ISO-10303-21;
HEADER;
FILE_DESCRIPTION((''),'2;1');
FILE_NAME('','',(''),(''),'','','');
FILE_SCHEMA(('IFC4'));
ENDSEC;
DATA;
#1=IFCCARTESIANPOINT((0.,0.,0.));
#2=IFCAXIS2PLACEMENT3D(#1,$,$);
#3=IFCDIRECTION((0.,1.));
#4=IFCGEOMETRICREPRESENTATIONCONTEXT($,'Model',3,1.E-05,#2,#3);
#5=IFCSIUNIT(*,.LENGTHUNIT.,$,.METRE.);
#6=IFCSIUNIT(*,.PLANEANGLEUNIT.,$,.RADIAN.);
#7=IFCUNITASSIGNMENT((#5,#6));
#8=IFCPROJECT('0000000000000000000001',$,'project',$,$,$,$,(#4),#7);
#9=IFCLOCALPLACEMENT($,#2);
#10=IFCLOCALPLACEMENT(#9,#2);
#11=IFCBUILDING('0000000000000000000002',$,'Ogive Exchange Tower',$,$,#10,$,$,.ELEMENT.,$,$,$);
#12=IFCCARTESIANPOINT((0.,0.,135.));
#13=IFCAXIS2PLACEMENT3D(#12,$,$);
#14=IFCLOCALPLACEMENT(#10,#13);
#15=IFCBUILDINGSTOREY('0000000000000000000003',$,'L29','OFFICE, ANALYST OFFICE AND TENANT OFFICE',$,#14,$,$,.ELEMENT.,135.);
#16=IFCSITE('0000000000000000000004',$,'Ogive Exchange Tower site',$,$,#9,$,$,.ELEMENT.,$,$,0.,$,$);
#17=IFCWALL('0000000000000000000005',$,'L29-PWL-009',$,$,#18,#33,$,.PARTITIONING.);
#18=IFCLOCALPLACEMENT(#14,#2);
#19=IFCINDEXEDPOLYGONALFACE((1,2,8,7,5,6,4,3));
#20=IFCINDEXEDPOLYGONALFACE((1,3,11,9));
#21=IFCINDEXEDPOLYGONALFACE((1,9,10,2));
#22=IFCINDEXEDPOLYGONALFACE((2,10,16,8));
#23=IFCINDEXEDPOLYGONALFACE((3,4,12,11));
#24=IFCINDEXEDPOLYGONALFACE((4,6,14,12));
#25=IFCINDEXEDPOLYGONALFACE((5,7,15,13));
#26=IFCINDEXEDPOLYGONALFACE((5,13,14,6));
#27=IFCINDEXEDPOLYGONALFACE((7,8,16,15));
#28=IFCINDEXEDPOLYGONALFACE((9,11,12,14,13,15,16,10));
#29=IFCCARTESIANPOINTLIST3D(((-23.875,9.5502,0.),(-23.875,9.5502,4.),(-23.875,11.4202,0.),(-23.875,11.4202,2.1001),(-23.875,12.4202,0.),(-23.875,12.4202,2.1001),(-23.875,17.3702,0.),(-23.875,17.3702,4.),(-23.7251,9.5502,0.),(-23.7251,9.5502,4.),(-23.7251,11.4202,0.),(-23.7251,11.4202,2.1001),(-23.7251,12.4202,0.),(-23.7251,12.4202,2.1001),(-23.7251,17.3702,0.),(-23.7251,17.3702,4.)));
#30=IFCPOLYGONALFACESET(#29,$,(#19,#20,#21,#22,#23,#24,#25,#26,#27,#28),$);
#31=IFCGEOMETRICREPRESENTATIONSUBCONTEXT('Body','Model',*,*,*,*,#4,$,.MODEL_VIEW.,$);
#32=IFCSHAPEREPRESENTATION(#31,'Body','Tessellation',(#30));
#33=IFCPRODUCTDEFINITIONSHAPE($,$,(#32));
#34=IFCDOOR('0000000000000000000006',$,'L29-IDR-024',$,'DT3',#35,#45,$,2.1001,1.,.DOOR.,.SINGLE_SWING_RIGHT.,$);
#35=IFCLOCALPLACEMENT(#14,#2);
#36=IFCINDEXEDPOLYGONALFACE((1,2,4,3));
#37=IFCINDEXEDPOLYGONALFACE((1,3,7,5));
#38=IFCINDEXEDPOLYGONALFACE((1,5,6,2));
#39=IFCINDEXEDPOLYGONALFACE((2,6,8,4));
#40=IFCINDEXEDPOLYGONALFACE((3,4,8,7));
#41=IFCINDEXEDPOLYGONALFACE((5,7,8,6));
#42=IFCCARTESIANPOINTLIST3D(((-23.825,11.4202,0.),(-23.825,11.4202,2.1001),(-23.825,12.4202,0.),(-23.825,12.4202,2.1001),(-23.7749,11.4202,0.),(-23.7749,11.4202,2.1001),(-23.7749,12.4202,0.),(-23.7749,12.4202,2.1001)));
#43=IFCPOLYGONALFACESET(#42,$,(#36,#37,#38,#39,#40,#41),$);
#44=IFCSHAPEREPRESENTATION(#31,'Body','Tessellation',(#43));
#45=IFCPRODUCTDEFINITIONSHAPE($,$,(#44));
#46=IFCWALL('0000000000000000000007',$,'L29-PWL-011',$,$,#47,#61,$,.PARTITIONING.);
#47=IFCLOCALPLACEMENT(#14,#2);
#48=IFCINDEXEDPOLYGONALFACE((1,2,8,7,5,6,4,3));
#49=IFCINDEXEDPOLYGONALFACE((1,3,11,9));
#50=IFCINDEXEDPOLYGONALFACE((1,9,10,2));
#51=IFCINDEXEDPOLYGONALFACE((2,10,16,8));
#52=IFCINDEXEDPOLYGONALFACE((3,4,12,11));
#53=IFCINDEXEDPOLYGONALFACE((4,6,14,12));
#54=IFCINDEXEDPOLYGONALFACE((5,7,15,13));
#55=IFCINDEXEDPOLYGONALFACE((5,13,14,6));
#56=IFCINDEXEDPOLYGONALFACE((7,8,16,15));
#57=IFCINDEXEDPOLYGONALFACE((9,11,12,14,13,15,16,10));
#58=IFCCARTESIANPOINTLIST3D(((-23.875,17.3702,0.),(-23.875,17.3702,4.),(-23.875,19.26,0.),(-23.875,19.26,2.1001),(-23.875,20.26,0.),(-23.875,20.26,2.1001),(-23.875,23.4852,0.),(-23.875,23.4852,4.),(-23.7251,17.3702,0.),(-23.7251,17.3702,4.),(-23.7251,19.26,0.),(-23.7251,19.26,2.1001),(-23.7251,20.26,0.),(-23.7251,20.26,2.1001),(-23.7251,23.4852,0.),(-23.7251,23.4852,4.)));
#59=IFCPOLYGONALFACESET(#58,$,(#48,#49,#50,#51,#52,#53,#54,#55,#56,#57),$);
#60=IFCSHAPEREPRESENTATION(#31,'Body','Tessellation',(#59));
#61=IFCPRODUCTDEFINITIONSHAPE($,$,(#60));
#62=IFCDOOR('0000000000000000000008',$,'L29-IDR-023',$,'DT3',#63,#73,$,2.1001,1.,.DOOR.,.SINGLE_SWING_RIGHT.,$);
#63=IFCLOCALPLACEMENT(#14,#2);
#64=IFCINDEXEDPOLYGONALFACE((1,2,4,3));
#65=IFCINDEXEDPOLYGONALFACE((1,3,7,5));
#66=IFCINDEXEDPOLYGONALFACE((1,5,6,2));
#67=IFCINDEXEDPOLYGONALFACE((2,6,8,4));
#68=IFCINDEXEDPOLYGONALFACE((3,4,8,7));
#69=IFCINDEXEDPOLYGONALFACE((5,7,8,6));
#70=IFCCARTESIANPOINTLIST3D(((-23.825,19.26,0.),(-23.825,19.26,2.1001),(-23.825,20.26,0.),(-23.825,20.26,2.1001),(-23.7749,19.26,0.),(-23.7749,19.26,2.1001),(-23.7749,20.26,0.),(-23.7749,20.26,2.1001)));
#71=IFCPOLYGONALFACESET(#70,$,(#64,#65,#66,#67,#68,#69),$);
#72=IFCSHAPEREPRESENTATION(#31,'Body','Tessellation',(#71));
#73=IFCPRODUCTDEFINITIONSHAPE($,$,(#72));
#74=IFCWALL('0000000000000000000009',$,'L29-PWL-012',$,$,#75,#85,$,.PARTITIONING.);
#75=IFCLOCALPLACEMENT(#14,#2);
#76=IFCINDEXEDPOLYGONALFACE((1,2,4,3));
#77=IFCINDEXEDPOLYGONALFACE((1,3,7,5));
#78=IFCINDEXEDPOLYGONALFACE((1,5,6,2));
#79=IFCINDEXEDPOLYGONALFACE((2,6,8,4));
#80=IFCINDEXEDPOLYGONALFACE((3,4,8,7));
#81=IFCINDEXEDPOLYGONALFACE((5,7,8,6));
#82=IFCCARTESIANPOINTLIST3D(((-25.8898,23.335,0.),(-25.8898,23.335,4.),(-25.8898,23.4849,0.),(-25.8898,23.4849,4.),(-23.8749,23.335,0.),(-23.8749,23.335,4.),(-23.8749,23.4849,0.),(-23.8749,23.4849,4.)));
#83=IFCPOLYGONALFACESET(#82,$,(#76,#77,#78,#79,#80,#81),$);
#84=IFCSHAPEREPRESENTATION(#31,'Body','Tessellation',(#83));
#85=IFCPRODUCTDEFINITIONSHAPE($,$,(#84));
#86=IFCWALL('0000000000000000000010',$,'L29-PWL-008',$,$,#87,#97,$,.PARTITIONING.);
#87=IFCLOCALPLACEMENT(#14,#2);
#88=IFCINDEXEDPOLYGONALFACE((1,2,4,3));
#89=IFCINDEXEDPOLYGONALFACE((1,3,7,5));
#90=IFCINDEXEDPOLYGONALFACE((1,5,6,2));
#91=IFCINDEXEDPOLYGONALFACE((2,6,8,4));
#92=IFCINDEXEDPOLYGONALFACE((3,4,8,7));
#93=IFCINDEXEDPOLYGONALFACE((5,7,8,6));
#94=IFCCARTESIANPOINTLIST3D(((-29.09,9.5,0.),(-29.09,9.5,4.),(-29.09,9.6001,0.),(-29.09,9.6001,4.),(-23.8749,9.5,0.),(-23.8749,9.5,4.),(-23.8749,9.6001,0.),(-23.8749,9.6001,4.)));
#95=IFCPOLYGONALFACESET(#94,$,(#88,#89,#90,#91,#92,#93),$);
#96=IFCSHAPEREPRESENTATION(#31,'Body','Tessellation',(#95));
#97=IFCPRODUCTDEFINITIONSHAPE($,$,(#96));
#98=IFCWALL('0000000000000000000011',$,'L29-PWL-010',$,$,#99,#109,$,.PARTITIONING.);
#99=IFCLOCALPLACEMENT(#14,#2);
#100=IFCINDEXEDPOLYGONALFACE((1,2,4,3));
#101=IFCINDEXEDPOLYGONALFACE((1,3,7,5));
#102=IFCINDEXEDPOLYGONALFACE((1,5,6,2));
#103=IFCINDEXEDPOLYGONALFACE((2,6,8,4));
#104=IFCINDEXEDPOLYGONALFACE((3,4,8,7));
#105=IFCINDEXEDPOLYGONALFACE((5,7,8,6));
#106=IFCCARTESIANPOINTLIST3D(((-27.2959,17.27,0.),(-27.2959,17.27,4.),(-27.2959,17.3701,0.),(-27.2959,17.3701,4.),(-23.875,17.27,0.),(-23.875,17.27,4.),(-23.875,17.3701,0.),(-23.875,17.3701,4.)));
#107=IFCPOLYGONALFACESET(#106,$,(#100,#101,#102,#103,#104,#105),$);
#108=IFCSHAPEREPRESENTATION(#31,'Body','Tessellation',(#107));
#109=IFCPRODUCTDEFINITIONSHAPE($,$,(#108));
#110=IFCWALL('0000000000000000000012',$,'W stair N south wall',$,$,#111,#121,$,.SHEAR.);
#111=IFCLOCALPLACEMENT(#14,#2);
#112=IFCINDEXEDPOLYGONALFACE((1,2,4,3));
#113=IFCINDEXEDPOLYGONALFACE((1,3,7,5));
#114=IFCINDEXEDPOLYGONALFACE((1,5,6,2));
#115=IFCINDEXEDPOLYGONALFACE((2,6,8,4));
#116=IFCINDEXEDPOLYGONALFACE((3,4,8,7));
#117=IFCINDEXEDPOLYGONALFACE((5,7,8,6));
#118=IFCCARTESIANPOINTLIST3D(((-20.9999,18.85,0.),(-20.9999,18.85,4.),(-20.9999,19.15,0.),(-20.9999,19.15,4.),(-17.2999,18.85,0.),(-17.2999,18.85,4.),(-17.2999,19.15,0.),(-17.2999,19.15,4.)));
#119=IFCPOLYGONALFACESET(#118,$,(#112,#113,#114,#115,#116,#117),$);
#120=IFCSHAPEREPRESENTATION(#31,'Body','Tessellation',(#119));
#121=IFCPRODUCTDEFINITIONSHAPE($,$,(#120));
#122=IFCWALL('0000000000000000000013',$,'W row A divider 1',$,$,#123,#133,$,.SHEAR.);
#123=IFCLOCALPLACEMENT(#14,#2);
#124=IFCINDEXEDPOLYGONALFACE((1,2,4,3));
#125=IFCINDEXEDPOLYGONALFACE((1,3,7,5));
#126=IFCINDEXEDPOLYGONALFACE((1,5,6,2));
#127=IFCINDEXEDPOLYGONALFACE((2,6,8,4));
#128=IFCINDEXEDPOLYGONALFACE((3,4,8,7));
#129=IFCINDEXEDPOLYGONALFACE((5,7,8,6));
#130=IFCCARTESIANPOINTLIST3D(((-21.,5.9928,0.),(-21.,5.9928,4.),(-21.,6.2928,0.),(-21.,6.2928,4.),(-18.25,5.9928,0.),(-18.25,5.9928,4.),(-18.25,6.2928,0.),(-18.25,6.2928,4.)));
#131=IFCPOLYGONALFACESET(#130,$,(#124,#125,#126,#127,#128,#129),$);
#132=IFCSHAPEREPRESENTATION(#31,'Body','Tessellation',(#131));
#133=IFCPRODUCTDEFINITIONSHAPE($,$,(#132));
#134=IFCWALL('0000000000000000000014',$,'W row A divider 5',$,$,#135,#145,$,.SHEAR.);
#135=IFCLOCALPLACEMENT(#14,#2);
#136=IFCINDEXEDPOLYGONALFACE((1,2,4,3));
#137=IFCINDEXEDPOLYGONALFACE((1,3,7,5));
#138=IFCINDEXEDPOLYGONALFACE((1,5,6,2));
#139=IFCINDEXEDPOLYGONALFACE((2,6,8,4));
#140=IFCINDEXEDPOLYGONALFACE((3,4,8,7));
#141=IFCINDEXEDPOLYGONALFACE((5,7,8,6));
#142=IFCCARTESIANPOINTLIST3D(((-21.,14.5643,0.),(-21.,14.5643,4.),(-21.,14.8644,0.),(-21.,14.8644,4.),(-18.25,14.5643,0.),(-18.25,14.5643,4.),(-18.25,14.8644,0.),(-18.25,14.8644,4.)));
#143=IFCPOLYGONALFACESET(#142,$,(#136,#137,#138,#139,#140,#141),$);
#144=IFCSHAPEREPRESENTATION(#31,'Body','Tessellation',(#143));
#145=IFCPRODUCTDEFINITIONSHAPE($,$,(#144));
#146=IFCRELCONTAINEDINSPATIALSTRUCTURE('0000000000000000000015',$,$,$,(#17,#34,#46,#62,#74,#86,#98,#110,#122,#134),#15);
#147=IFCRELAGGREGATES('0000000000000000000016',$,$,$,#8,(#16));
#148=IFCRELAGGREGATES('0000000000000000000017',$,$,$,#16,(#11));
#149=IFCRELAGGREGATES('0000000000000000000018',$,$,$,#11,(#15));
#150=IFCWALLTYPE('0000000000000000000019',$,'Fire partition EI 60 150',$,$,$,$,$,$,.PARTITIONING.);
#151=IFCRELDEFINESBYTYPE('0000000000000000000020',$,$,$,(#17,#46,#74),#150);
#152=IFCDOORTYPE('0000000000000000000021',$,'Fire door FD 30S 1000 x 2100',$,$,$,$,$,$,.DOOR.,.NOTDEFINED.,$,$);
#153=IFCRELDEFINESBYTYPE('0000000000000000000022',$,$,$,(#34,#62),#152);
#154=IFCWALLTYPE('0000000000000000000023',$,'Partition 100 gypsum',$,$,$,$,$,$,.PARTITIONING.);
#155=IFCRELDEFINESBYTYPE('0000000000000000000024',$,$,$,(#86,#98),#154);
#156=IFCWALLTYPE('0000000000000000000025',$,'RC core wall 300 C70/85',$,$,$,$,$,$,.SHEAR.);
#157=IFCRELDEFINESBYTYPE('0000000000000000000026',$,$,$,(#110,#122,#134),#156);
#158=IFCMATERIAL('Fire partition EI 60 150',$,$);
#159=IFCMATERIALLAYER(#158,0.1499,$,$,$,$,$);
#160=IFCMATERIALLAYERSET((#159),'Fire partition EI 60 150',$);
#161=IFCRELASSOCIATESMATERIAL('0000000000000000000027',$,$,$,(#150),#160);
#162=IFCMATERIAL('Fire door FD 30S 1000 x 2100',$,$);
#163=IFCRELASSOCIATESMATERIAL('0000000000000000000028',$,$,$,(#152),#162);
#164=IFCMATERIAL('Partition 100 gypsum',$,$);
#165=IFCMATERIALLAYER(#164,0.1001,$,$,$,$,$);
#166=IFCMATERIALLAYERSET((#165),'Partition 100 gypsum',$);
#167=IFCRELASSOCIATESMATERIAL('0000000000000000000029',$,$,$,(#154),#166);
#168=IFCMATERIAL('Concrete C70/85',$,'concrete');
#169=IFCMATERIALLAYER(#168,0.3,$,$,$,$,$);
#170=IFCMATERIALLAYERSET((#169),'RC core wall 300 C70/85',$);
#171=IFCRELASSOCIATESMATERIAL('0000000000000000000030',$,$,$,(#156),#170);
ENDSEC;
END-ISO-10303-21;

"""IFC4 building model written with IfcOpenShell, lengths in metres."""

from ifc_helpers import new_model, si_unit, direction, frame, frame_2d, origin, place, context, subcontext, project, spatial, rectangle, extrude, material, layer, layer_set, type_object, element, fill, save


model = new_model("IFC4")

# Units and contexts
model_context = context("Model", 3, precision=1e-05, world=origin(), true_north=direction((0.0, 1.0)))
body_context = subcontext(model_context, "Body", "Model", "MODEL_VIEW")
ifc_project = project(units=[si_unit("LENGTHUNIT", "METRE"), si_unit("PLANEANGLEUNIT", "RADIAN")], contexts=[model_context])

# Site, building, storey
site_placement = place(None, origin())
site = spatial("IfcSite", under=ifc_project, at=site_placement, Name="Ogive Exchange Tower site", CompositionType="ELEMENT", RefElevation=0.0)
building_placement = place(site_placement, origin())
building = spatial("IfcBuilding", under=site, at=building_placement, Name="Ogive Exchange Tower", CompositionType="ELEMENT")
storey_placement = place(building_placement, frame((0.0, 0.0, 135.0)))
storey = spatial("IfcBuildingStorey", under=building, at=storey_placement, Name="L29", Description="OFFICE, ANALYST OFFICE AND TENANT OFFICE", CompositionType="ELEMENT", Elevation=135.0)

# Walls, openings, doors
ifc_material_1 = material(Name="Fire partition EI 60 150")
ifc_layer_1 = layer(ifc_material_1, 0.1499)
ifc_layer_set_1 = layer_set([ifc_layer_1], Name="Fire partition EI 60 150")
wall_type_1 = type_object("IfcWallType", Name="Fire partition EI 60 150", PredefinedType="PARTITIONING", material=ifc_layer_set_1)
wall_1_placement = place(storey_placement, frame((-23.8, 9.55, 0.0), z_axis=(0.0, 0.0, 1.0), x_axis=(0.0, 1.0, 0.0)))
wall_1 = element("IfcWall", 1, at=wall_1_placement, inside=storey, type_object=wall_type_1, Name="L29-PWL-009", PredefinedType="PARTITIONING", context=body_context, shape_type="SweptSolid", body=[
    extrude(rectangle(XDim=7.8201, YDim=0.1499, at=frame_2d((3.9102, 0.0))), origin(), (0.0, 0.0, 1.0), 4.0),
])
opening_1_placement = place(wall_1_placement, frame((1.8701, 0.0, 0.0)))
opening_1 = element("IfcOpeningElement", 2, at=opening_1_placement, cuts=wall_1, PredefinedType="OPENING", context=body_context, shape_type="SweptSolid", body=[
    extrude(rectangle(XDim=1.0, YDim=2.1001, at=frame_2d((0.5, 1.05))), frame((0.0, 0.085, 0.0), z_axis=(0.0, -1.0, 0.0), x_axis=(1.0, 0.0, 0.0)), (0.0, 0.0, 1.0), 0.1699),
])
ifc_material_2 = material(Name="Fire door FD 30S 1000 x 2100")
door_type = type_object("IfcDoorType", Name="Fire door FD 30S 1000 x 2100", OperationType="NOTDEFINED", PredefinedType="DOOR", material=ifc_material_2)
door_1_placement = place(opening_1_placement, origin())
door_1 = element("IfcDoor", 3, at=door_1_placement, inside=storey, type_object=door_type, Name="L29-IDR-024", ObjectType="DT3", OperationType="SINGLE_SWING_RIGHT", OverallHeight=2.1001, OverallWidth=1.0, PredefinedType="DOOR", context=body_context, shape_type="SweptSolid", body=[
    extrude(rectangle(XDim=1.0, YDim=2.1001, at=frame_2d((0.5, 1.05))), frame((0.0, 0.0249, 0.0), z_axis=(0.0, -1.0, 0.0), x_axis=(1.0, 0.0, 0.0)), (0.0, 0.0, 1.0), 0.05),
])
fill(opening_1, door_1)
wall_2_placement = place(storey_placement, frame((-23.8, 17.3701, 0.0), z_axis=(0.0, 0.0, 1.0), x_axis=(0.0, 1.0, 0.0)))
wall_2 = element("IfcWall", 4, at=wall_2_placement, inside=storey, type_object=wall_type_1, Name="L29-PWL-011", PredefinedType="PARTITIONING", context=body_context, shape_type="SweptSolid", body=[
    extrude(rectangle(XDim=6.115, YDim=0.1499, at=frame_2d((3.0576, 0.0))), origin(), (0.0, 0.0, 1.0), 4.0),
])
opening_2_placement = place(wall_2_placement, frame((1.8899, 0.0, 0.0)))
opening_2 = element("IfcOpeningElement", 5, at=opening_2_placement, cuts=wall_2, PredefinedType="OPENING", context=body_context, shape_type="SweptSolid", body=[
    extrude(rectangle(XDim=1.0, YDim=2.1001, at=frame_2d((0.5, 1.05))), frame((0.0, 0.085, 0.0), z_axis=(0.0, -1.0, 0.0), x_axis=(1.0, 0.0, 0.0)), (0.0, 0.0, 1.0), 0.1699),
])
door_2_placement = place(opening_2_placement, origin())
door_2 = element("IfcDoor", 6, at=door_2_placement, inside=storey, type_object=door_type, Name="L29-IDR-023", ObjectType="DT3", OperationType="SINGLE_SWING_RIGHT", OverallHeight=2.1001, OverallWidth=1.0, PredefinedType="DOOR", context=body_context, shape_type="SweptSolid", body=[
    extrude(rectangle(XDim=1.0, YDim=2.1001, at=frame_2d((0.5, 1.05))), frame((0.0, 0.0249, 0.0), z_axis=(0.0, -1.0, 0.0), x_axis=(1.0, 0.0, 0.0)), (0.0, 0.0, 1.0), 0.05),
])
fill(opening_2, door_2)

# Walls
wall_3_placement = place(storey_placement, frame((-23.875, 23.4099, 0.0), z_axis=(0.0, 0.0, 1.0), x_axis=(-1.0, 0.0, 0.0)))
element("IfcWall", 7, at=wall_3_placement, inside=storey, type_object=wall_type_1, Name="L29-PWL-012", PredefinedType="PARTITIONING", context=body_context, shape_type="SweptSolid", body=[
    extrude(rectangle(XDim=2.0149, YDim=0.1499, at=frame_2d((1.0073, 0.0))), origin(), (0.0, 0.0, 1.0), 4.0),
])
ifc_material_3 = material(Name="Partition 100 gypsum")
ifc_layer_2 = layer(ifc_material_3, 0.1001)
ifc_layer_set_2 = layer_set([ifc_layer_2], Name="Partition 100 gypsum")
wall_type_2 = type_object("IfcWallType", Name="Partition 100 gypsum", PredefinedType="PARTITIONING", material=ifc_layer_set_2)
wall_4_placement = place(storey_placement, frame((-23.875, 9.55, 0.0), z_axis=(0.0, 0.0, 1.0), x_axis=(-1.0, 0.0, 0.0)))
element("IfcWall", 8, at=wall_4_placement, inside=storey, type_object=wall_type_2, Name="L29-PWL-008", PredefinedType="PARTITIONING", context=body_context, shape_type="SweptSolid", body=[
    extrude(rectangle(XDim=5.2151, YDim=0.1001, at=frame_2d((2.6074, 0.0))), origin(), (0.0, 0.0, 1.0), 4.0),
])
wall_5_placement = place(storey_placement, frame((-23.875, 17.3201, 0.0), z_axis=(0.0, 0.0, 1.0), x_axis=(-1.0, 0.0, 0.0)))
element("IfcWall", 9, at=wall_5_placement, inside=storey, type_object=wall_type_2, Name="L29-PWL-010", PredefinedType="PARTITIONING", context=body_context, shape_type="SweptSolid", body=[
    extrude(rectangle(XDim=3.4209, YDim=0.1001, at=frame_2d((1.7104, 0.0))), origin(), (0.0, 0.0, 1.0), 4.0),
])
ifc_material_4 = material(Name="Concrete C70/85", Category="concrete")
ifc_layer_3 = layer(ifc_material_4, 0.3)
ifc_layer_set_3 = layer_set([ifc_layer_3], Name="RC core wall 300 C70/85")
wall_type_3 = type_object("IfcWallType", Name="RC core wall 300 C70/85", PredefinedType="SHEAR", material=ifc_layer_set_3)
wall_6_placement = place(storey_placement, frame((-21.0, 19.0, 0.0), z_axis=(0.0, 0.0, 1.0), x_axis=(1.0, 0.0, 0.0)))
element("IfcWall", 10, at=wall_6_placement, inside=storey, type_object=wall_type_3, Name="W stair N south wall", PredefinedType="SHEAR", context=body_context, shape_type="SweptSolid", body=[
    extrude(rectangle(XDim=3.7, YDim=0.3, at=frame_2d((1.8501, 0.0))), origin(), (0.0, 0.0, 1.0), 4.0),
])
for number, where, z_axis, x_axis, name in (
    (11, (-21.0, 6.1428, 0.0), (0.0, 0.0, 1.0), (1.0, 0.0, 0.0), "W row A divider 1"),
    (12, (-21.0, 14.7144, 0.0), (0.0, 0.0, 1.0), (1.0, 0.0, 0.0), "W row A divider 5"),
):
    element("IfcWall", number, at=place(storey_placement, frame(where, z_axis=z_axis, x_axis=x_axis)), inside=storey, type_object=wall_type_3, Name=name, PredefinedType="SHEAR", context=body_context, shape_type="SweptSolid", body=[
        extrude(rectangle(XDim=2.75, YDim=0.3, at=frame_2d((1.375, 0.0))), origin(), (0.0, 0.0, 1.0), 4.0),
    ])

save(model, "model.ifc")
